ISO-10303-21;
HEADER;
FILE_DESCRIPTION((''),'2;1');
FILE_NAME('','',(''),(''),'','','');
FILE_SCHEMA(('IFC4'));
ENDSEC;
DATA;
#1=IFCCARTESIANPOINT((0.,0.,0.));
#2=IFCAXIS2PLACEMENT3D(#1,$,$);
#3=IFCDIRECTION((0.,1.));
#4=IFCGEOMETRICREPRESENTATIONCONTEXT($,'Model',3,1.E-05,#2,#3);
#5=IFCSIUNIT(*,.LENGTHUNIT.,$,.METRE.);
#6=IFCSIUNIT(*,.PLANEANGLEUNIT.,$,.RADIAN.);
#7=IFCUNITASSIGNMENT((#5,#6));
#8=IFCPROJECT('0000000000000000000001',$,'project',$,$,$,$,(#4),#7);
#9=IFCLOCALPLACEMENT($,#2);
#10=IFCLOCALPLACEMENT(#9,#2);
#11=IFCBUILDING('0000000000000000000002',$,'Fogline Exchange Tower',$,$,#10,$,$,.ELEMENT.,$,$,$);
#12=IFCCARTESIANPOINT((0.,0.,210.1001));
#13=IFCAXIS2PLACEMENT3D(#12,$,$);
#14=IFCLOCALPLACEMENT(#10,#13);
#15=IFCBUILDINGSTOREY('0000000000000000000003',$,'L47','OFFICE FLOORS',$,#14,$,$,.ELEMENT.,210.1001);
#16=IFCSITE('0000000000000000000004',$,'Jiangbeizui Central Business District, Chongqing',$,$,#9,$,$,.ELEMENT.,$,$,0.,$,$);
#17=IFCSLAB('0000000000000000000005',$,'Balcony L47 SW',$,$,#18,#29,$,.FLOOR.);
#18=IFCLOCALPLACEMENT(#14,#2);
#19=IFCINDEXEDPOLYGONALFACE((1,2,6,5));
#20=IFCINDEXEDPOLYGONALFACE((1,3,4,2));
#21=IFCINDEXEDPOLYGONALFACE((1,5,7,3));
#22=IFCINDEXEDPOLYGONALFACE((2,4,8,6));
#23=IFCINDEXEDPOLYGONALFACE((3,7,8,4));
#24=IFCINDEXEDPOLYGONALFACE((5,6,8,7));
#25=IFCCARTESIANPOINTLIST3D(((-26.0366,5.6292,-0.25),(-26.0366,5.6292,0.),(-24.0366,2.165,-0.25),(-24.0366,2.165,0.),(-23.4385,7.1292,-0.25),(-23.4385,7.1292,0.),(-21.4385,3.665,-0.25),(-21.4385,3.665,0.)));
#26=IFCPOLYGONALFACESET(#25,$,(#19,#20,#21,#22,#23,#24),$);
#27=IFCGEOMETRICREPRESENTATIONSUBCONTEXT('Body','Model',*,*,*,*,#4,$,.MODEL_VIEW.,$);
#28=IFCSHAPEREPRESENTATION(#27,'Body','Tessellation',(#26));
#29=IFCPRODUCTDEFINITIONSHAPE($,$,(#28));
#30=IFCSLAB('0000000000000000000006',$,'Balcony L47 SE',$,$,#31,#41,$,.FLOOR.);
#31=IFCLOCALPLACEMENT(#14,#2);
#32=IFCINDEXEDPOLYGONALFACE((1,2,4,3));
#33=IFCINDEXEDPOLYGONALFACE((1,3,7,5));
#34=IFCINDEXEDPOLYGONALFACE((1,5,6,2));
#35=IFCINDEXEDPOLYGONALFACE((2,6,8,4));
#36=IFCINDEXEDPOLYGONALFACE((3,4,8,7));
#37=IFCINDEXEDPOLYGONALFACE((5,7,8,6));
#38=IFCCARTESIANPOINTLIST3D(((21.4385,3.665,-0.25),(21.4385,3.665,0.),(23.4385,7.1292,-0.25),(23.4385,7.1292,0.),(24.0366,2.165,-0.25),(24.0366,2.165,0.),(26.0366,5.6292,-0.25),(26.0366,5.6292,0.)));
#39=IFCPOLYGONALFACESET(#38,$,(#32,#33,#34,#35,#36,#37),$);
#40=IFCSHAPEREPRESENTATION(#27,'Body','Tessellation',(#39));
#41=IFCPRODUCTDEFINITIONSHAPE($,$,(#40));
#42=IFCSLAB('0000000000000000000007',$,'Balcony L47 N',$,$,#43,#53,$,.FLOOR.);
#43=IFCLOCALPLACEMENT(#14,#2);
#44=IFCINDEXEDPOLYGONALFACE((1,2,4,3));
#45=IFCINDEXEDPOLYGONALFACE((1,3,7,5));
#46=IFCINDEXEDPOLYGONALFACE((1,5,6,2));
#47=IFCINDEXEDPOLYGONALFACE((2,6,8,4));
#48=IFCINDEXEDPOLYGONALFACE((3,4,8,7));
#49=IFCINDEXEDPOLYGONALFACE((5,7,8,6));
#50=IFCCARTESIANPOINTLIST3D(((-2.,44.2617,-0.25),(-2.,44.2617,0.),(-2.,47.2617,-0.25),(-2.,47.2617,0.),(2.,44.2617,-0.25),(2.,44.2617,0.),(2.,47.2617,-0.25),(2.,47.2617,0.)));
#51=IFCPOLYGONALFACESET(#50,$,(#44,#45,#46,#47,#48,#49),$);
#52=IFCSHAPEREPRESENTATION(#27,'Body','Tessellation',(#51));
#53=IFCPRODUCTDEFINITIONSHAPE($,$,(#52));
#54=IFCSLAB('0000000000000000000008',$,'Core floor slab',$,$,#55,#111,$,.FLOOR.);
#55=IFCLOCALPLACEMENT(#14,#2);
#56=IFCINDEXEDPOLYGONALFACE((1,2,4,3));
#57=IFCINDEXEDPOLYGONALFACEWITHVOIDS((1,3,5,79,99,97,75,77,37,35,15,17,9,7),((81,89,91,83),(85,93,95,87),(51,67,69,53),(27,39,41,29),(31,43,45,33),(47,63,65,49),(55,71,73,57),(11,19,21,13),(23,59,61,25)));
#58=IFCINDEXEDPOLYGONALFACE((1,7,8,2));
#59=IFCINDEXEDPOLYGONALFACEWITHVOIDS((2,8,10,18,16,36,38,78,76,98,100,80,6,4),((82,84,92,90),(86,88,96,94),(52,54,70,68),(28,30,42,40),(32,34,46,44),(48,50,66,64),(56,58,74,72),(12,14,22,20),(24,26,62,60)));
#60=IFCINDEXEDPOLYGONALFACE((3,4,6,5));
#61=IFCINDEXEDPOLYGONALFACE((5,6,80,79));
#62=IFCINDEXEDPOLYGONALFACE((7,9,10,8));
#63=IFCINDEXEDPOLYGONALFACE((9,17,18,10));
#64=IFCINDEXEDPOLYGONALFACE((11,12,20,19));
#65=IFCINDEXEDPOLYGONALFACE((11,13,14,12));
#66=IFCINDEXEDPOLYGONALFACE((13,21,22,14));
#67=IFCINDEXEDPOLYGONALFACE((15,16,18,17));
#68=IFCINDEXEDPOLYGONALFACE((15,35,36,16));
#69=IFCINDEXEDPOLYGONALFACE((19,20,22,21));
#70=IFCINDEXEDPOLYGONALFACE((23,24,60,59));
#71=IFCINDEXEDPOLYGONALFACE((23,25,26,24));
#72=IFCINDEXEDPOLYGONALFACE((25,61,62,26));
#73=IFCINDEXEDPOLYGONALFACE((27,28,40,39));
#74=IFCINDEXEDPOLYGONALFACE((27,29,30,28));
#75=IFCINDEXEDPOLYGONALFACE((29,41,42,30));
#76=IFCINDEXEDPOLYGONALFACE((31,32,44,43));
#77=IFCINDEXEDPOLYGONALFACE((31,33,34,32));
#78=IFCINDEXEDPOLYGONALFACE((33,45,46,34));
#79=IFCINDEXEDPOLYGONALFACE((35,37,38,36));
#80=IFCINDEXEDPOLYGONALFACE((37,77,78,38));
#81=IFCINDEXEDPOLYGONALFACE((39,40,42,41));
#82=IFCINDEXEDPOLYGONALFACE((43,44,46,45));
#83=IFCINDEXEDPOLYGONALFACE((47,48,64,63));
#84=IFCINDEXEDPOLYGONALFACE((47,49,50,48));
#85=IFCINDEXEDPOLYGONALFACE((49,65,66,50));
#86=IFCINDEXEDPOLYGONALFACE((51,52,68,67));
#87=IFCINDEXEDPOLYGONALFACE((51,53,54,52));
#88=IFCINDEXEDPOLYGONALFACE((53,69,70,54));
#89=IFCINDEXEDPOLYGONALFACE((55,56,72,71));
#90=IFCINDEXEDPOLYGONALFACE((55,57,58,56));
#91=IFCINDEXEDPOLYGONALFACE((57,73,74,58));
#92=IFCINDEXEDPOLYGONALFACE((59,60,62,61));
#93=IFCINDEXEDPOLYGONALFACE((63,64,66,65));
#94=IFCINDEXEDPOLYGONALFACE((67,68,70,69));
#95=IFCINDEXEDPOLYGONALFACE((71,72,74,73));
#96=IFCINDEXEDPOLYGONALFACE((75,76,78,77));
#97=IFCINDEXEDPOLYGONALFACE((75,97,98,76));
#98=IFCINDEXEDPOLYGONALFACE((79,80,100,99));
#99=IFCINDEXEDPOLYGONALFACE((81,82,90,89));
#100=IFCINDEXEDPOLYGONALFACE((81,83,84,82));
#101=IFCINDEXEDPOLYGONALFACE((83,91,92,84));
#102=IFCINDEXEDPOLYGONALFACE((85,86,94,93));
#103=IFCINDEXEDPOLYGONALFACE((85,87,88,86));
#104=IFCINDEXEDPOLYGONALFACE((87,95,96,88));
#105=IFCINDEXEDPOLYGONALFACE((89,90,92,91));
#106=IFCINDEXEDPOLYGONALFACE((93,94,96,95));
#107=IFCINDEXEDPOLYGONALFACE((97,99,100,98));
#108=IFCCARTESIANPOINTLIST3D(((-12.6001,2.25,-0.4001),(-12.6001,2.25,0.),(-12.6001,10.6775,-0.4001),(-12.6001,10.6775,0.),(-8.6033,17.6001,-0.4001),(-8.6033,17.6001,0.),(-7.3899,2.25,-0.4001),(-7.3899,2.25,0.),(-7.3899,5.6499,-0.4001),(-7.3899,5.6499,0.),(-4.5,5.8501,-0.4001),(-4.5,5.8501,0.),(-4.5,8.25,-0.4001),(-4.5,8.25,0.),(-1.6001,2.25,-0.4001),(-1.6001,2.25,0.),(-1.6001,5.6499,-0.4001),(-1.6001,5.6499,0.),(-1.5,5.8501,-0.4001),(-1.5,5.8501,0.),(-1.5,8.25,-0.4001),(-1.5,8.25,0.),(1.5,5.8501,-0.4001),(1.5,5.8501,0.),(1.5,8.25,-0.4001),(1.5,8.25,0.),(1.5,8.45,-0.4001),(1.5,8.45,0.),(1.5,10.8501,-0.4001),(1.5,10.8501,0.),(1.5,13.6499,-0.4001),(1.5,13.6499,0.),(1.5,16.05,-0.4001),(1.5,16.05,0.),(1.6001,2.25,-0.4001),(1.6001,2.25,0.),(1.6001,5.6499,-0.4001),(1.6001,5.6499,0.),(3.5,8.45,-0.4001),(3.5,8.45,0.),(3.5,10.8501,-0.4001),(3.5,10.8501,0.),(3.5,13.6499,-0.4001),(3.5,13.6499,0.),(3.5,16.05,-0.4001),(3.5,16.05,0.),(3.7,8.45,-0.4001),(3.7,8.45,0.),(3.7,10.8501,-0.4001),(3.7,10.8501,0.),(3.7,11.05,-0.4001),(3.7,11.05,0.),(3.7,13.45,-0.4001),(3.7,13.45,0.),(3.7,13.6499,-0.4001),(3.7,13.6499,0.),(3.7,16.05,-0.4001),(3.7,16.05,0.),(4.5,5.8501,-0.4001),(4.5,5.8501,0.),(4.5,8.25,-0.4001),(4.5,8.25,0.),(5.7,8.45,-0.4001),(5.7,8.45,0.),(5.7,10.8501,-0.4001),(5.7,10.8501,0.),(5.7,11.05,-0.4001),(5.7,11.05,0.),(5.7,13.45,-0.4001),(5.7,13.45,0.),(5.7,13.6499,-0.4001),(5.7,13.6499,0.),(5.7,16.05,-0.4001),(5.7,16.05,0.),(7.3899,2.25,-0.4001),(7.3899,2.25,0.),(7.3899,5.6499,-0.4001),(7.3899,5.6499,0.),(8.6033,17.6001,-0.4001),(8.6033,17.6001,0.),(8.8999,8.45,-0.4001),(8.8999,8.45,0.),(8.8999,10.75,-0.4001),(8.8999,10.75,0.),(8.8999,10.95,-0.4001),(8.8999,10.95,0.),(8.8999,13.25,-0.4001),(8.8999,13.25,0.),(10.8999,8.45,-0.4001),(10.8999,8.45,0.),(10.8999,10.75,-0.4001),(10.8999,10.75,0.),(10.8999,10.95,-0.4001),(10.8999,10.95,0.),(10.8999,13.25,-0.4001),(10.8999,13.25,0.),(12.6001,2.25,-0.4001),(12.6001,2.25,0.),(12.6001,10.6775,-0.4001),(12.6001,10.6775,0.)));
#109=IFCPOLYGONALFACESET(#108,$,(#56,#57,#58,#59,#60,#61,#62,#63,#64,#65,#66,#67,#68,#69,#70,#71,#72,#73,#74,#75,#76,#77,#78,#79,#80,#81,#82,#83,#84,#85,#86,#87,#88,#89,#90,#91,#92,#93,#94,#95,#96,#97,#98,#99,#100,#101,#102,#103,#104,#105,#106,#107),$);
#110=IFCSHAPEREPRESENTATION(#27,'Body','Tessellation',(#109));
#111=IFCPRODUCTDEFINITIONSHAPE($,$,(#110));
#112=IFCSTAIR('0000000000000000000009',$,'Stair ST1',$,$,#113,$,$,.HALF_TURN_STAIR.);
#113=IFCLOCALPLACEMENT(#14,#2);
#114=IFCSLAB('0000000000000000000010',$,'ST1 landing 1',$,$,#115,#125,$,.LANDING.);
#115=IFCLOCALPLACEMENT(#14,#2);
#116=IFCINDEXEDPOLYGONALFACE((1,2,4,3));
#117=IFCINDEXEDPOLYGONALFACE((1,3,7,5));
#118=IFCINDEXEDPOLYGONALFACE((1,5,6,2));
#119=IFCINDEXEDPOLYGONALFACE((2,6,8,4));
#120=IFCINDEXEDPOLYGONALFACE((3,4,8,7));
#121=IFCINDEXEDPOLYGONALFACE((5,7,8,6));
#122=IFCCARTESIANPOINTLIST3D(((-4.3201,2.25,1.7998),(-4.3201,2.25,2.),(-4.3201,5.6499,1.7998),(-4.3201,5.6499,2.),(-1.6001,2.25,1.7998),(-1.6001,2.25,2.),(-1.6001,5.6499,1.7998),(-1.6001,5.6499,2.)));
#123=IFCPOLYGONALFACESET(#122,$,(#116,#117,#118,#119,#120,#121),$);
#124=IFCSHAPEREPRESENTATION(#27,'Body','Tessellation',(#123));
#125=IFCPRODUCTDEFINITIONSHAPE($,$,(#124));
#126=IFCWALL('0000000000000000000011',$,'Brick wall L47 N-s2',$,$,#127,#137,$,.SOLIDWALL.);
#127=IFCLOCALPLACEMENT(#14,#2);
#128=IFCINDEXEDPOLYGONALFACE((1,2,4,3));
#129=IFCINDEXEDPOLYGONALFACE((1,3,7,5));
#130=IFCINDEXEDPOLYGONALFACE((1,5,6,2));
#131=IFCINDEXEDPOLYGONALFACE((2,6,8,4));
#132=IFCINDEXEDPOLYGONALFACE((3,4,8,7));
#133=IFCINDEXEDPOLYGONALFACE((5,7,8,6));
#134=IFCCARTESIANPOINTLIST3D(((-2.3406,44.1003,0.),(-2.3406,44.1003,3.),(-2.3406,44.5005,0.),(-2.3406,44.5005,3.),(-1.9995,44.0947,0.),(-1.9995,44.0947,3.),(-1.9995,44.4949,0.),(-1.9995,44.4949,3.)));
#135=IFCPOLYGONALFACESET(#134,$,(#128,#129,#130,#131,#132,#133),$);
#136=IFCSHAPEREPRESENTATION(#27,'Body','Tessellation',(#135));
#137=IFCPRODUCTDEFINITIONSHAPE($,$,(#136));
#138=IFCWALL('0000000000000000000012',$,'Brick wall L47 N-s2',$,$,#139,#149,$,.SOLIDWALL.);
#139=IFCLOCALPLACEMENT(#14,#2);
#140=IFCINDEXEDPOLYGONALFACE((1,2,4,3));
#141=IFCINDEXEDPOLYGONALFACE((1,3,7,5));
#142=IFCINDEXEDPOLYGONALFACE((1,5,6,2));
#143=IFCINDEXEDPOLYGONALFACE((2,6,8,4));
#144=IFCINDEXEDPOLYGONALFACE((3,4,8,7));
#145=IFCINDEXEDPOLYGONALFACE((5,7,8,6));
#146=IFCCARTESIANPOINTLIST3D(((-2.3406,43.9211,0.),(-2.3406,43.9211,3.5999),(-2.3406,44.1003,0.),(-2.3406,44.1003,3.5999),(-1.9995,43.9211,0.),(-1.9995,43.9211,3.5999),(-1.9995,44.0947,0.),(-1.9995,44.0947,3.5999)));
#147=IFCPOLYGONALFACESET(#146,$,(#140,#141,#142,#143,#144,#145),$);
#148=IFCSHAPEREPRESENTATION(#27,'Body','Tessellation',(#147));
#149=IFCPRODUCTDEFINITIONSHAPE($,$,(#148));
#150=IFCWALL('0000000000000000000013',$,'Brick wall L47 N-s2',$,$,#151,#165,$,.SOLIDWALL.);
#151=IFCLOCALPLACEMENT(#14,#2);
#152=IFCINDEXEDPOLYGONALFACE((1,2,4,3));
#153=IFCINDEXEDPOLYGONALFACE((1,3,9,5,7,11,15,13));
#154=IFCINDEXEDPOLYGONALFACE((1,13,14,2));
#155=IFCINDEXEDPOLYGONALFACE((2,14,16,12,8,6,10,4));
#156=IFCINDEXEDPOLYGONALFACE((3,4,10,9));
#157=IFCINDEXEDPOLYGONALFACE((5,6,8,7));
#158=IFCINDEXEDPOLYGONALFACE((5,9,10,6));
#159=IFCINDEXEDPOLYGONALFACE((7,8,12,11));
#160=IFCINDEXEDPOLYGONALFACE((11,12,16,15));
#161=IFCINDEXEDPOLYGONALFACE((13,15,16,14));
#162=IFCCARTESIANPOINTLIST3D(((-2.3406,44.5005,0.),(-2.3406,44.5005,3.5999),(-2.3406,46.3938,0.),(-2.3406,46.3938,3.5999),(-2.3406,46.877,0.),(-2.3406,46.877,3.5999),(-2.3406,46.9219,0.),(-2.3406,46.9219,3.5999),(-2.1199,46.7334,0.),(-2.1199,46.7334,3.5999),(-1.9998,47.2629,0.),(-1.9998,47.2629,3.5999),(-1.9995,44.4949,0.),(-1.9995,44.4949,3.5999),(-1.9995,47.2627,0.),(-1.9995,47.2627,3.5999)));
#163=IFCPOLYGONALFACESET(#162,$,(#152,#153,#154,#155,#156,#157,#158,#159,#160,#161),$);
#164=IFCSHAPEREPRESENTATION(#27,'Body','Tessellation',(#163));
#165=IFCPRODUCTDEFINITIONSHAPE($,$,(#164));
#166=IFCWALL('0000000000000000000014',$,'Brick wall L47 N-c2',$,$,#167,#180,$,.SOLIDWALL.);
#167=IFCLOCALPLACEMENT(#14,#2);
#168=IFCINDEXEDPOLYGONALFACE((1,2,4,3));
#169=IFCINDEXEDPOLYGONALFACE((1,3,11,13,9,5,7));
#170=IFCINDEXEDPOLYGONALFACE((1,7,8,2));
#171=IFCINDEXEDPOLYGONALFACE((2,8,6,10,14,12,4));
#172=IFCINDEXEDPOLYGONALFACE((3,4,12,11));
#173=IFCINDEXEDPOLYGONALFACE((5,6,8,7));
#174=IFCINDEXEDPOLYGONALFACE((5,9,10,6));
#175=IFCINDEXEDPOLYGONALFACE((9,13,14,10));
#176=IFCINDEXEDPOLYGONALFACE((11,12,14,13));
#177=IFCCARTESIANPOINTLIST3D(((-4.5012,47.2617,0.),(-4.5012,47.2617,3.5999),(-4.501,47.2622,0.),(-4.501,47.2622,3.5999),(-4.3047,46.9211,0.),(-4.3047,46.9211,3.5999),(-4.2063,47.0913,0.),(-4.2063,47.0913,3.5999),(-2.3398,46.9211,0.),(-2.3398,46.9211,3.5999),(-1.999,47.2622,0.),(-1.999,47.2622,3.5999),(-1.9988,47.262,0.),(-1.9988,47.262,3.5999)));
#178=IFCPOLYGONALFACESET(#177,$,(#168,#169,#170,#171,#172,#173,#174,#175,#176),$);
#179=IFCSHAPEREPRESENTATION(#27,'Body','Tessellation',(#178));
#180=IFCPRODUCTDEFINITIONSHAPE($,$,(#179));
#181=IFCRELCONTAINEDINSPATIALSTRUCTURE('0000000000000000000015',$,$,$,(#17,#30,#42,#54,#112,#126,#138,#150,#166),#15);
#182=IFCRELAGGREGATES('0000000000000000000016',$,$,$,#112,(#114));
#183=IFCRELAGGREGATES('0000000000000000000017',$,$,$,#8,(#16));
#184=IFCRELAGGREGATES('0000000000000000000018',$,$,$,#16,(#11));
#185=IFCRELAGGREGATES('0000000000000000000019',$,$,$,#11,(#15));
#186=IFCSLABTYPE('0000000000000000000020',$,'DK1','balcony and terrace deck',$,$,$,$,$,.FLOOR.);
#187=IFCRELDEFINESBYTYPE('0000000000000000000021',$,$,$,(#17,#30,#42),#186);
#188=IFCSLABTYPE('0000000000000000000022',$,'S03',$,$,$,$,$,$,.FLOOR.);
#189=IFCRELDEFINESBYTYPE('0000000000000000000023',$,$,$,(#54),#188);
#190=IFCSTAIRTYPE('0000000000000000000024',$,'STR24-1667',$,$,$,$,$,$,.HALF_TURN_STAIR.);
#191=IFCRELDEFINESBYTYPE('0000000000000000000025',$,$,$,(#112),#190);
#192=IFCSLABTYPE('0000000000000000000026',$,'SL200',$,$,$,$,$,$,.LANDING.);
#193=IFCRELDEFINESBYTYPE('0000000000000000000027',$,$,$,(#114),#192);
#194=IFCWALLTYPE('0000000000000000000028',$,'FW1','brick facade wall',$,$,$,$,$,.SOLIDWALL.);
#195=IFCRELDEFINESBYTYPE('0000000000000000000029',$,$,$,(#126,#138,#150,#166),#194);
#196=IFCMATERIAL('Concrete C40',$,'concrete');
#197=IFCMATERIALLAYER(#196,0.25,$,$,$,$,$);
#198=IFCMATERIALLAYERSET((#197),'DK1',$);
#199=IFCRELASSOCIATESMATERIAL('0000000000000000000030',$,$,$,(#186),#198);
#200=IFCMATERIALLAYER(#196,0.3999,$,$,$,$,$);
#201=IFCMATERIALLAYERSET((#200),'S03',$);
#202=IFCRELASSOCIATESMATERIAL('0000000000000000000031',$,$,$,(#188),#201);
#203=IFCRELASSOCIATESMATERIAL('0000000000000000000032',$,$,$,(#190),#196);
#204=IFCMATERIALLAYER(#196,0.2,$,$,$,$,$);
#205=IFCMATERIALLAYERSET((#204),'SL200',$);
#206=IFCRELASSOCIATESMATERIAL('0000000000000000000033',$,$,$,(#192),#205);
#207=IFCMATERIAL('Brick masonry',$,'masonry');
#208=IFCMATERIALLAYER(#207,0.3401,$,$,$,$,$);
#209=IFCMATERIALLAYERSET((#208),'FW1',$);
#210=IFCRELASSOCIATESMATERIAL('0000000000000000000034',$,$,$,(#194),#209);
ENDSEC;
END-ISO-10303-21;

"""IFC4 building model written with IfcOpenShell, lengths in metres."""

from ifc_helpers import new_model, si_unit, direction, frame, origin, place, context, subcontext, project, spatial, polyline, outline, extrude, material, layer, layer_set, type_object, element, aggregate, save


model = new_model("IFC4")

# Units and contexts
model_context = context("Model", 3, precision=1e-05, world=origin(), true_north=direction((0.0, 1.0)))
body_context = subcontext(model_context, "Body", "Model", "MODEL_VIEW")
ifc_project = project(units=[si_unit("LENGTHUNIT", "METRE"), si_unit("PLANEANGLEUNIT", "RADIAN")], contexts=[model_context])

# Site, building, storey
site_placement = place(None, origin())
site = spatial("IfcSite", under=ifc_project, at=site_placement, Name="Jiangbeizui Central Business District, Chongqing", CompositionType="ELEMENT", RefElevation=0.0)
building_placement = place(site_placement, origin())
building = spatial("IfcBuilding", under=site, at=building_placement, Name="Fogline Exchange Tower", CompositionType="ELEMENT")
storey_placement = place(building_placement, frame((0.0, 0.0, 210.1001)))
storey = spatial("IfcBuildingStorey", under=building, at=storey_placement, Name="L47", Description="OFFICE FLOORS", CompositionType="ELEMENT", Elevation=210.1001)

# Slabs
ifc_material_1 = material(Name="Concrete C40", Category="concrete")
ifc_layer_1 = layer(ifc_material_1, 0.25)
ifc_layer_set_1 = layer_set([ifc_layer_1], Name="DK1")
slab_type_1 = type_object("IfcSlabType", Name="DK1", Description="balcony and terrace deck", PredefinedType="FLOOR", material=ifc_layer_set_1)
slab_1_placement = place(storey_placement, frame((0.0, 0.0, -0.25)))
element("IfcSlab", 1, at=slab_1_placement, inside=storey, type_object=slab_type_1, Name="Balcony L47 SW", PredefinedType="FLOOR", context=body_context, shape_type="SweptSolid", body=[
    extrude(outline(polyline([(-26.0366, 5.6292), (-24.0366, 2.165), (-21.4385, 3.665), (-23.4385, 7.1292), (-26.0366, 5.6292)])), origin(), (0.0, 0.0, 1.0), 0.25),
])
slab_2_placement = place(storey_placement, frame((0.0, 0.0, -0.25)))
element("IfcSlab", 2, at=slab_2_placement, inside=storey, type_object=slab_type_1, Name="Balcony L47 SE", PredefinedType="FLOOR", context=body_context, shape_type="SweptSolid", body=[
    extrude(outline(polyline([(24.0366, 2.165), (26.0366, 5.6292), (23.4385, 7.1292), (21.4385, 3.665), (24.0366, 2.165)])), origin(), (0.0, 0.0, 1.0), 0.25),
])
slab_3_placement = place(storey_placement, frame((0.0, 0.0, -0.25)))
element("IfcSlab", 3, at=slab_3_placement, inside=storey, type_object=slab_type_1, Name="Balcony L47 N", PredefinedType="FLOOR", context=body_context, shape_type="SweptSolid", body=[
    extrude(outline(polyline([(2.0, 47.2617), (-2.0, 47.2617), (-2.0, 44.2617), (2.0, 44.2617), (2.0, 47.2617)])), origin(), (0.0, 0.0, 1.0), 0.25),
])
ifc_layer_2 = layer(ifc_material_1, 0.3999)
ifc_layer_set_2 = layer_set([ifc_layer_2], Name="S03")
slab_type_2 = type_object("IfcSlabType", Name="S03", PredefinedType="FLOOR", material=ifc_layer_set_2)
slab_4_placement = place(storey_placement, frame((0.0, 0.0, -0.4001)))
element("IfcSlab", 4, at=slab_4_placement, inside=storey, type_object=slab_type_2, Name="Core floor slab", PredefinedType="FLOOR", context=body_context, shape_type="SweptSolid", body=[
    extrude(outline(polyline([(-12.6001, 2.25), (-12.6001, 10.6775), (-8.6033, 17.6001), (8.6033, 17.6001), (12.6001, 10.6775), (12.6001, 2.25), (7.3899, 2.25), (7.3899, 5.6499), (1.6001, 5.6499), (1.6001, 2.25), (-1.6001, 2.25), (-1.6001, 5.6499), (-7.3899, 5.6499), (-7.3899, 2.25), (-12.6001, 2.25)]), holes=[polyline([(-4.5, 8.25), (-4.5, 5.8501), (-1.5, 5.8501), (-1.5, 8.25), (-4.5, 8.25)]), polyline([(4.5, 8.25), (1.5, 8.25), (1.5, 5.8501), (4.5, 5.8501), (4.5, 8.25)]), polyline([(3.5, 10.8501), (1.5, 10.8501), (1.5, 8.45), (3.5, 8.45), (3.5, 10.8501)]), polyline([(1.5, 16.05), (1.5, 13.6499), (3.5, 13.6499), (3.5, 16.05), (1.5, 16.05)]), polyline([(10.8999, 10.75), (8.8999, 10.75), (8.8999, 8.45), (10.8999, 8.45), (10.8999, 10.75)]), polyline([(5.7, 10.8501), (3.7, 10.8501), (3.7, 8.45), (5.7, 8.45), (5.7, 10.8501)]), polyline([(8.8999, 13.25), (8.8999, 10.95), (10.8999, 10.95), (10.8999, 13.25), (8.8999, 13.25)]), polyline([(5.7, 13.45), (3.7, 13.45), (3.7, 11.05), (5.7, 11.05), (5.7, 13.45)]), polyline([(5.7, 16.05), (3.7, 16.05), (3.7, 13.6499), (5.7, 13.6499), (5.7, 16.05)])]), origin(), (0.0, 0.0, 1.0), 0.4001),
])

# Stair, slab
stair_type = type_object("IfcStairType", Name="STR24-1667", PredefinedType="HALF_TURN_STAIR", material=ifc_material_1)
stair_placement = place(storey_placement, origin())
stair = element("IfcStair", 5, at=stair_placement, inside=storey, type_object=stair_type, Name="Stair ST1", PredefinedType="HALF_TURN_STAIR")
ifc_layer_3 = layer(ifc_material_1, 0.2)
ifc_layer_set_3 = layer_set([ifc_layer_3], Name="SL200")
slab_type_3 = type_object("IfcSlabType", Name="SL200", PredefinedType="LANDING", material=ifc_layer_set_3)
slab_5_placement = place(storey_placement, frame((0.0, 0.0, 1.7998)))
slab_5 = element("IfcSlab", 6, at=slab_5_placement, type_object=slab_type_3, Name="ST1 landing 1", PredefinedType="LANDING", context=body_context, shape_type="SweptSolid", body=[
    extrude(outline(polyline([(-4.3201, 2.25), (-1.6001, 2.25), (-1.6001, 5.6499), (-4.3201, 5.6499), (-4.3201, 2.25)])), origin(), (0.0, 0.0, 1.0), 0.2002),
])
aggregate(stair, [slab_5])

# Walls
ifc_material_2 = material(Name="Brick masonry", Category="masonry")
ifc_layer_4 = layer(ifc_material_2, 0.3401)
ifc_layer_set_4 = layer_set([ifc_layer_4], Name="FW1")
wall_type_1 = type_object("IfcWallType", Name="FW1", Description="brick facade wall", PredefinedType="SOLIDWALL", material=ifc_layer_set_4)
wall_1_placement = place(storey_placement, origin())
element("IfcWall", 7, at=wall_1_placement, inside=storey, type_object=wall_type_1, Name="Brick wall L47 N-s2", PredefinedType="SOLIDWALL", context=body_context, shape_type="SweptSolid", body=[
    extrude(outline(polyline([(-2.3406, 44.5005), (-1.9995, 44.4949), (-1.9995, 44.0947), (-2.3406, 44.1003), (-2.3406, 44.5005)])), origin(), (0.0, 0.0, 1.0), 3.0),
])
wall_2_placement = place(storey_placement, origin())
element("IfcWall", 8, at=wall_2_placement, inside=storey, type_object=wall_type_1, Name="Brick wall L47 N-s2", PredefinedType="SOLIDWALL", context=body_context, shape_type="SweptSolid", body=[
    extrude(outline(polyline([(-2.3406, 43.9211), (-2.3406, 44.1003), (-1.9995, 44.0947), (-1.9995, 43.9211), (-2.3406, 43.9211)])), origin(), (0.0, 0.0, 1.0), 3.5999),
])
wall_3_placement = place(storey_placement, origin())
element("IfcWall", 9, at=wall_3_placement, inside=storey, type_object=wall_type_1, Name="Brick wall L47 N-s2", PredefinedType="SOLIDWALL", context=body_context, shape_type="SweptSolid", body=[
    extrude(outline(polyline([(-2.3406, 46.3938), (-2.1199, 46.7334), (-2.3406, 46.877), (-2.3406, 46.9219), (-1.9998, 47.2629), (-1.9995, 47.2627), (-1.9995, 44.4949), (-2.3406, 44.5005), (-2.3406, 46.3938)])), origin(), (0.0, 0.0, 1.0), 3.5999),
])
wall_4_placement = place(storey_placement, origin())
element("IfcWall", 10, at=wall_4_placement, inside=storey, type_object=wall_type_1, Name="Brick wall L47 N-c2", PredefinedType="SOLIDWALL", context=body_context, shape_type="SweptSolid", body=[
    extrude(outline(polyline([(-4.3047, 46.9211), (-4.2063, 47.0913), (-4.5012, 47.2617), (-4.501, 47.2622), (-1.999, 47.2622), (-1.9988, 47.262), (-2.3398, 46.9211), (-4.3047, 46.9211)])), origin(), (0.0, 0.0, 1.0), 3.5999),
])

save(model, "model.ifc")
